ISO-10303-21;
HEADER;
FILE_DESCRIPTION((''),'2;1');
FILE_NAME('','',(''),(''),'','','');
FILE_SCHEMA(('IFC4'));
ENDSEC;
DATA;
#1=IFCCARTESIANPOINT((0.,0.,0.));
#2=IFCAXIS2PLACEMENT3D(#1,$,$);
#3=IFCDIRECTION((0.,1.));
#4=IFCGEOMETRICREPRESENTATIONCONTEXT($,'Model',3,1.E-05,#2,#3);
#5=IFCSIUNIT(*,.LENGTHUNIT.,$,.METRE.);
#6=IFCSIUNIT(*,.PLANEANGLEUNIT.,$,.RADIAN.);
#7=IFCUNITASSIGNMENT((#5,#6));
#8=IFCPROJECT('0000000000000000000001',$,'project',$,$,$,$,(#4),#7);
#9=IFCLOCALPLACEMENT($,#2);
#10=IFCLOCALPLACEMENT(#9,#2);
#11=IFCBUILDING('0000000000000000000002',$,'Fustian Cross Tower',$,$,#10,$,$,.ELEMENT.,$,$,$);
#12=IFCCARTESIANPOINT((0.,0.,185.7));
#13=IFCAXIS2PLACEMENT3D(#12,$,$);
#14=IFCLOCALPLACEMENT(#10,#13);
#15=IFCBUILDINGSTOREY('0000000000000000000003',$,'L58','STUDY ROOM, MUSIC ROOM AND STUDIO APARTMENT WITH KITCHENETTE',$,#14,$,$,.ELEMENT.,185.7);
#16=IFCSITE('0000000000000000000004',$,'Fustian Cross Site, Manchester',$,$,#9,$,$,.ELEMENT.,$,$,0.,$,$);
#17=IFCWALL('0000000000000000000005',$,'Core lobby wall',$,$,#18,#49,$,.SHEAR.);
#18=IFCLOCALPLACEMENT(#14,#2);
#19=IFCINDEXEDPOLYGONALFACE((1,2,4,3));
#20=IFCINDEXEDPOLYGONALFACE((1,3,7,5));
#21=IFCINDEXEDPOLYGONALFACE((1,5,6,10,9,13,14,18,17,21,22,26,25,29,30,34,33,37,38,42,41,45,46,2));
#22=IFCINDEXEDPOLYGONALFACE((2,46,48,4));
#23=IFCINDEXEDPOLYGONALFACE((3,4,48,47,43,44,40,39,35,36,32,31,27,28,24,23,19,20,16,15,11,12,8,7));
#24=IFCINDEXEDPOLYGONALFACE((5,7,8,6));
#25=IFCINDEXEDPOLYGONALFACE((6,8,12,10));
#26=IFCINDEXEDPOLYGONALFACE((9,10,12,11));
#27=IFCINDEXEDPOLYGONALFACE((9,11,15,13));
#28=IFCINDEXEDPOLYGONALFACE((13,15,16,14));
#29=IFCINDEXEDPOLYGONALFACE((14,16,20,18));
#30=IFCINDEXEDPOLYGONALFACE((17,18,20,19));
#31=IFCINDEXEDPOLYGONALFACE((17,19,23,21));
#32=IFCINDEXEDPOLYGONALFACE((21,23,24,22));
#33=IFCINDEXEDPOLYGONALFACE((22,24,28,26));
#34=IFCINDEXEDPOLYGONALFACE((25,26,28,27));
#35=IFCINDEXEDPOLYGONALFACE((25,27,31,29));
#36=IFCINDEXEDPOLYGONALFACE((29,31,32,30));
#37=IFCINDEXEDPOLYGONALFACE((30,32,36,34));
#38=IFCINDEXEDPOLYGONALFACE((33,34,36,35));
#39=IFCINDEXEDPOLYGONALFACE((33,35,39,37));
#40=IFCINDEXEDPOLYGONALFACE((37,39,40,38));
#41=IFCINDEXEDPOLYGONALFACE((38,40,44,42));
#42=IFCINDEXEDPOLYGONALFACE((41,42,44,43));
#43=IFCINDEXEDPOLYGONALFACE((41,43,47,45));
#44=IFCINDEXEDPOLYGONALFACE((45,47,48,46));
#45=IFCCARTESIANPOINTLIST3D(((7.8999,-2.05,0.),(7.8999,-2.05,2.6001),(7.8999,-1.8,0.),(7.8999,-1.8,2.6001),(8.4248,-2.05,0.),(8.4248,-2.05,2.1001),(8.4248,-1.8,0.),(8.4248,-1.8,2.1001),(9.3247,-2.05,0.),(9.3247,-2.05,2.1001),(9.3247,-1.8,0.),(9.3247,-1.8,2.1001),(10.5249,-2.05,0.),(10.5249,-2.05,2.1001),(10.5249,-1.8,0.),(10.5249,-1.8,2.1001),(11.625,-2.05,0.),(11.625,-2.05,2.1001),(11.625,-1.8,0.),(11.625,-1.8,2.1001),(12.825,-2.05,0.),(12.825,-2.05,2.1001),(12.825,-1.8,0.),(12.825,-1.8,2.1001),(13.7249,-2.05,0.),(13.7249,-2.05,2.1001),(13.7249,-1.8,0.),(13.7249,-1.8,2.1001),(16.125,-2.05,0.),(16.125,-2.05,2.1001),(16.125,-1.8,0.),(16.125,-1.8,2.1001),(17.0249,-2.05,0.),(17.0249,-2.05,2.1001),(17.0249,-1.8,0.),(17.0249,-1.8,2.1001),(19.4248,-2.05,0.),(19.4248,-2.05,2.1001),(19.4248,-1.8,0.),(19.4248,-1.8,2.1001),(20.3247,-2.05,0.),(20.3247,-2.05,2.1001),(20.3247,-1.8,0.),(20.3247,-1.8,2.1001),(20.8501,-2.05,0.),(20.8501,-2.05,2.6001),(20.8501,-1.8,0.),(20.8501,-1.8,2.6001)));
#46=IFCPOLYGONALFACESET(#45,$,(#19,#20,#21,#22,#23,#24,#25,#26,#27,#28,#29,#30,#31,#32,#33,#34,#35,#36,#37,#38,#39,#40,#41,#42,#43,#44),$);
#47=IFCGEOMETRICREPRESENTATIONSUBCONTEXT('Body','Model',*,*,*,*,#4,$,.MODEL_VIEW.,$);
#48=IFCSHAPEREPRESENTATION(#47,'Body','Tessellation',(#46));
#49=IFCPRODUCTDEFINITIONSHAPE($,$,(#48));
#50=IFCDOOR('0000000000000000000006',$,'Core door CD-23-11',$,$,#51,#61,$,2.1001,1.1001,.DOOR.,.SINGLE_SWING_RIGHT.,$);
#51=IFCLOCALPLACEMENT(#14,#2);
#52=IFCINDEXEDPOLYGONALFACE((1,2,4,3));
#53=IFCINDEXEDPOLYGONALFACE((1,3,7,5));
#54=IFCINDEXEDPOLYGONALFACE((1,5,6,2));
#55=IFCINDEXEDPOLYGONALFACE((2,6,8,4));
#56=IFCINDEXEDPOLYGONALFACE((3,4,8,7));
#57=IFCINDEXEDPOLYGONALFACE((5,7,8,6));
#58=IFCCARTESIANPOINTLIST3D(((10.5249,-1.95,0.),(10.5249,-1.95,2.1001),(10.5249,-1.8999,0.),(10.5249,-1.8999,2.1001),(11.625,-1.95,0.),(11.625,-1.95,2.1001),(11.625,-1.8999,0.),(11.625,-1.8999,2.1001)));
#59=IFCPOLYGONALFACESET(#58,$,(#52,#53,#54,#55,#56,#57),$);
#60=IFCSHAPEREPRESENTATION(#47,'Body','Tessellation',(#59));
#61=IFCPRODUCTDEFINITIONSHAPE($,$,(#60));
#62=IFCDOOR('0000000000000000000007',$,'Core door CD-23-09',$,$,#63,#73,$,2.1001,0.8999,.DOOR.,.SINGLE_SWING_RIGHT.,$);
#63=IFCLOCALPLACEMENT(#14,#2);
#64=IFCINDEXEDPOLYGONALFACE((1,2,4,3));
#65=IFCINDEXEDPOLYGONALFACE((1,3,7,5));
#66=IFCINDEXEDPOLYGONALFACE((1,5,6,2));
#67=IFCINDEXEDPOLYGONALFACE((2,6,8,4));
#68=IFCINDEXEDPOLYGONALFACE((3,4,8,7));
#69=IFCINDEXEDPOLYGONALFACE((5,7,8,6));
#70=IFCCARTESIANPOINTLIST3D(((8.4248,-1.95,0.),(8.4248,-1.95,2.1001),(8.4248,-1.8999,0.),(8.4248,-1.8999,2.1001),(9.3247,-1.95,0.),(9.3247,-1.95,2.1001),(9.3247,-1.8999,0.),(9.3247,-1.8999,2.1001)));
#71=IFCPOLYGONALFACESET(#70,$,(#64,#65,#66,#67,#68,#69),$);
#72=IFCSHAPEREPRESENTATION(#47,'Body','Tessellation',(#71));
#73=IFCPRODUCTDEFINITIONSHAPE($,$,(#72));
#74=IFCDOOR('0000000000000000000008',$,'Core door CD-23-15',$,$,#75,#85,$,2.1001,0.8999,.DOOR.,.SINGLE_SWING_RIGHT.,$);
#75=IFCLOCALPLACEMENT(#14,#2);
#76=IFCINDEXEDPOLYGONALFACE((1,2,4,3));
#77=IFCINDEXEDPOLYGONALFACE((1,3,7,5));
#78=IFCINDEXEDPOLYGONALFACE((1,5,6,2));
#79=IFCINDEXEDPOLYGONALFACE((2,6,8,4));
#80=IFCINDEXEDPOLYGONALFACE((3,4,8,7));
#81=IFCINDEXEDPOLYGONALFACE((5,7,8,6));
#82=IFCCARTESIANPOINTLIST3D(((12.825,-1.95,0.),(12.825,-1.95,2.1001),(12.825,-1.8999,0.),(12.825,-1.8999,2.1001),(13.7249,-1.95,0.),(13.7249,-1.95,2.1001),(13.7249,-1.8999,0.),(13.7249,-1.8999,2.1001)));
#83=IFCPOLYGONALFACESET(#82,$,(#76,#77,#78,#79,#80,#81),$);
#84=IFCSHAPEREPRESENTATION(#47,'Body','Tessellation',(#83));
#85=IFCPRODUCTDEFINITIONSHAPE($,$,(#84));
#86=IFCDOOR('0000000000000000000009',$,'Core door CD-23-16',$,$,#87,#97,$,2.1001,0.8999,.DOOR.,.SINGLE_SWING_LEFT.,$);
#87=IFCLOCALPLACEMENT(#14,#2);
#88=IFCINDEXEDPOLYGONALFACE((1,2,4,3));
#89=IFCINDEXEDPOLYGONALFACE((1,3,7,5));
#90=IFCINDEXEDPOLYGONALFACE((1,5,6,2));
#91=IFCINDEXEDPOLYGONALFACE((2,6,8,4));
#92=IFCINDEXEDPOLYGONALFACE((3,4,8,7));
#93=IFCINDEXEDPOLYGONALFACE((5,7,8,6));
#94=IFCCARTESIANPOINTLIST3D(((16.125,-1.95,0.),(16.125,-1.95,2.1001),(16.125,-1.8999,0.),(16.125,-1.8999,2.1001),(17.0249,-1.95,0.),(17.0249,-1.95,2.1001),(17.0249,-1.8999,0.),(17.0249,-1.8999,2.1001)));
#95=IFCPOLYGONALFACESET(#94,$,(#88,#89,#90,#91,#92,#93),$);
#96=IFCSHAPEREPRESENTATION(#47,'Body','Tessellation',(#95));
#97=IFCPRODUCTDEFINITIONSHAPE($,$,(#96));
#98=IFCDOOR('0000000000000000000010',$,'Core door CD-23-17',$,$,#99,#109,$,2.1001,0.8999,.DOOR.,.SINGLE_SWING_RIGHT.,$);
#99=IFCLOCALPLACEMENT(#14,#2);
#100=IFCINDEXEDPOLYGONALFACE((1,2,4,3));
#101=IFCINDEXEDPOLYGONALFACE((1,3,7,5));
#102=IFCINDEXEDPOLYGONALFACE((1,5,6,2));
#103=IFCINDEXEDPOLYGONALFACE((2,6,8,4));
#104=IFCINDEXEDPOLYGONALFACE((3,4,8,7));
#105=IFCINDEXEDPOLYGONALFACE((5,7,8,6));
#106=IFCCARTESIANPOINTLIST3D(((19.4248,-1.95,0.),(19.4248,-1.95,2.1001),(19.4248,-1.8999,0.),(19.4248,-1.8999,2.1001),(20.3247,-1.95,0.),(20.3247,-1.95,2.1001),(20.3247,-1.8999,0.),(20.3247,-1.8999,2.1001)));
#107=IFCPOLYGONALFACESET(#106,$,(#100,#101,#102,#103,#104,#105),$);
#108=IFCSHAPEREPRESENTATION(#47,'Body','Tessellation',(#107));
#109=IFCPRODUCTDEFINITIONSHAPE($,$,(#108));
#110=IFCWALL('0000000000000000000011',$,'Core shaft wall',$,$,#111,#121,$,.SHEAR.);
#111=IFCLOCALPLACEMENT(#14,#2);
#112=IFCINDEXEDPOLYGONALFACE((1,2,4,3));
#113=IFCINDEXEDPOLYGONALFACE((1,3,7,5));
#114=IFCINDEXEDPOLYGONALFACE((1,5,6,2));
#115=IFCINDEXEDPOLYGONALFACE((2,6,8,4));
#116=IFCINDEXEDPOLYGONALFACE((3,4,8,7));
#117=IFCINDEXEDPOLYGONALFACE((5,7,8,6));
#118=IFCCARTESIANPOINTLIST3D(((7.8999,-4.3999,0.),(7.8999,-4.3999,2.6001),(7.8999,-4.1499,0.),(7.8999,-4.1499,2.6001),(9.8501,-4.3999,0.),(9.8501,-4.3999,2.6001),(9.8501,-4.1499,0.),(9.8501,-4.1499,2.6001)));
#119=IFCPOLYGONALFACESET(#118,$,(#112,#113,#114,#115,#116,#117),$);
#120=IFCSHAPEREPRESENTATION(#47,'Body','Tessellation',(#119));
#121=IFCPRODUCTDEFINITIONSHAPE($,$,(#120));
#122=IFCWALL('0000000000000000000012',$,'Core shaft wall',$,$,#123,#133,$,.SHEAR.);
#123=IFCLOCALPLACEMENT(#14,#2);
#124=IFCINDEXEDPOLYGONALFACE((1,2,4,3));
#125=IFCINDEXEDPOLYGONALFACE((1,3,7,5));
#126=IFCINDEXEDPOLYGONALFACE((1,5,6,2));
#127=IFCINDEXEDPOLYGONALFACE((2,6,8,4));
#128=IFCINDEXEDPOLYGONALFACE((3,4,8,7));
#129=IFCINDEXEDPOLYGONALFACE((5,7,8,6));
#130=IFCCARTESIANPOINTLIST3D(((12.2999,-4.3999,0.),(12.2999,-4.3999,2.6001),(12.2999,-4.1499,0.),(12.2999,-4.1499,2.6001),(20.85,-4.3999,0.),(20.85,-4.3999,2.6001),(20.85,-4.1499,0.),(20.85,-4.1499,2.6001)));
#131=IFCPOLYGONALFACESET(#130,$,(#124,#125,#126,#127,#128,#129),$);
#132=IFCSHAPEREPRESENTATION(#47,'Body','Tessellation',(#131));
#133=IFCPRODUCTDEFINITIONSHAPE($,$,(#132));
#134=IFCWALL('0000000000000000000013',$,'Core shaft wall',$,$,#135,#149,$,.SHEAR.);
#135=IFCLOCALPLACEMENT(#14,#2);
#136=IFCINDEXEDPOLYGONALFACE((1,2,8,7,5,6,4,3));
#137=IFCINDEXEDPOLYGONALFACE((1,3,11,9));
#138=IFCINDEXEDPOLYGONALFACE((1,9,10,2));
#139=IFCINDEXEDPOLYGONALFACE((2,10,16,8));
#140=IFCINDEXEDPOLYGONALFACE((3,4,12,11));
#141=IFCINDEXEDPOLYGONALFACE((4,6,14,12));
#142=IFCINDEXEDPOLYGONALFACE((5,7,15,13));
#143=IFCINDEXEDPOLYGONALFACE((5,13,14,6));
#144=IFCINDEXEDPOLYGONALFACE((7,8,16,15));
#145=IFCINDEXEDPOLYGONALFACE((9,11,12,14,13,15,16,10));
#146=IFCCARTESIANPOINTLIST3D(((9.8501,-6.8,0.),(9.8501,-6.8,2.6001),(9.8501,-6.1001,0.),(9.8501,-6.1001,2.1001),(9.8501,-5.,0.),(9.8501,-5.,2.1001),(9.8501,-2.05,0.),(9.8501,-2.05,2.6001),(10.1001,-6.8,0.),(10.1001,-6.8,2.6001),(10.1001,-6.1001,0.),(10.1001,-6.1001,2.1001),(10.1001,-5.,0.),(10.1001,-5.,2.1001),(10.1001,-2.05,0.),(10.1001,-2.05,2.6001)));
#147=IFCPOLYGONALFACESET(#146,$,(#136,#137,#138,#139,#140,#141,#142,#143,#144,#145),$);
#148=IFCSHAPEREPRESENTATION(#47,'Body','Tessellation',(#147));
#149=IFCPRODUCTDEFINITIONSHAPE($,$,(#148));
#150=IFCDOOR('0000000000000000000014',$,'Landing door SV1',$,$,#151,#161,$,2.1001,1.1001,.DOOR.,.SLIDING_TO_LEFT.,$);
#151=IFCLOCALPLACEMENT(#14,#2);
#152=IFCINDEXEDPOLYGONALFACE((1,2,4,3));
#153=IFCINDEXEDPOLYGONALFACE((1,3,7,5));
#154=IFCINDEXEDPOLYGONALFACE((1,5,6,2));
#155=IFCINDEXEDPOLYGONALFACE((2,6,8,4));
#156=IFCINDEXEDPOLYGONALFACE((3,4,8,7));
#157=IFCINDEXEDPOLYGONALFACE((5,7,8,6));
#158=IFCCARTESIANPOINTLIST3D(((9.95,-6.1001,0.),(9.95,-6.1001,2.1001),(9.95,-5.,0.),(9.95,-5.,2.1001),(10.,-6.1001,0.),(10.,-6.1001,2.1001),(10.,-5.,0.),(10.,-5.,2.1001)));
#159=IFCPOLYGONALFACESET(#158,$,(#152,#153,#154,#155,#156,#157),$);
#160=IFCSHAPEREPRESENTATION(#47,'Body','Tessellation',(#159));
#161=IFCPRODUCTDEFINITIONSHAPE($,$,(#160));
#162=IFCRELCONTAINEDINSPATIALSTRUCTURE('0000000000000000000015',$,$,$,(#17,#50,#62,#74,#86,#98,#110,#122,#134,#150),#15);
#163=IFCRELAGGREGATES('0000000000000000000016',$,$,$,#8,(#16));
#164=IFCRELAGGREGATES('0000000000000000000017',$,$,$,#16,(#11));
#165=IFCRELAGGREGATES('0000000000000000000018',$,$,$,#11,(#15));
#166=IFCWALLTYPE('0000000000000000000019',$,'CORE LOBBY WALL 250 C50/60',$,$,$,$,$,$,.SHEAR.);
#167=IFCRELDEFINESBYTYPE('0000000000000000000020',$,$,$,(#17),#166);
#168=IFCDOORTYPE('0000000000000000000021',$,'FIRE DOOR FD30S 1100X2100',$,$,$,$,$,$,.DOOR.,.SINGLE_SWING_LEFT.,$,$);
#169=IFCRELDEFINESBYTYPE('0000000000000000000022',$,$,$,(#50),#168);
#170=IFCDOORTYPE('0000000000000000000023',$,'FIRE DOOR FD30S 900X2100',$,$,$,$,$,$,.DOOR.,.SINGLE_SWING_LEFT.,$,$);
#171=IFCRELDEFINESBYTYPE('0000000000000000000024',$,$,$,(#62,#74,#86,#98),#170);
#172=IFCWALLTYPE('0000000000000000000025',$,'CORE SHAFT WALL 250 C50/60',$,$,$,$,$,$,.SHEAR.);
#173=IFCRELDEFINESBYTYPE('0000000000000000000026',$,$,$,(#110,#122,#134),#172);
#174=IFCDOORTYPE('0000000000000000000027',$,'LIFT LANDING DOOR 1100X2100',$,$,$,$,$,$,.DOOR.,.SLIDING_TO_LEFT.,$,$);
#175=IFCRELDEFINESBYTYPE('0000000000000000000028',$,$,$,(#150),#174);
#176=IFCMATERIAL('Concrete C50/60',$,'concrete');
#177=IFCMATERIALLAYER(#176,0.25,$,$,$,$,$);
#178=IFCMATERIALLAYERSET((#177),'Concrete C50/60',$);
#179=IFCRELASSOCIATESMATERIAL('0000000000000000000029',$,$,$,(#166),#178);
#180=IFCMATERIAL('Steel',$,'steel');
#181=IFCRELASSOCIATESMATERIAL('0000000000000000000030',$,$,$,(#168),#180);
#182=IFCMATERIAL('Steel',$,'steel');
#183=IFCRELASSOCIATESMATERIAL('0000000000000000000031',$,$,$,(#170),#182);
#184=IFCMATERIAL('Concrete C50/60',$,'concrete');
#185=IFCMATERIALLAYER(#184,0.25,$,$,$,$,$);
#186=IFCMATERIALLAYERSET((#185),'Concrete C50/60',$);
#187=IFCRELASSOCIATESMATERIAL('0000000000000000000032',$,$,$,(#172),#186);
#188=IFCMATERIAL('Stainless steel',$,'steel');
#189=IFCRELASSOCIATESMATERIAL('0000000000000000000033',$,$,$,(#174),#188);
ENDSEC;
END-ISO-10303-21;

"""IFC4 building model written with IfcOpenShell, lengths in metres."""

from ifc_helpers import new_model, si_unit, direction, frame, frame_2d, origin, place, context, subcontext, project, spatial, rectangle, extrude, material, layer, layer_set, type_object, element, fill, save


model = new_model("IFC4")

# Units and contexts
model_context = context("Model", 3, precision=1e-05, world=origin(), true_north=direction((0.0, 1.0)))
body_context = subcontext(model_context, "Body", "Model", "MODEL_VIEW")
ifc_project = project(units=[si_unit("LENGTHUNIT", "METRE"), si_unit("PLANEANGLEUNIT", "RADIAN")], contexts=[model_context])

# Site, building, storey
site_placement = place(None, origin())
site = spatial("IfcSite", under=ifc_project, at=site_placement, Name="Fustian Cross Site, Manchester", CompositionType="ELEMENT", RefElevation=0.0)
building_placement = place(site_placement, origin())
building = spatial("IfcBuilding", under=site, at=building_placement, Name="Fustian Cross Tower", CompositionType="ELEMENT")
storey_placement = place(building_placement, frame((0.0, 0.0, 185.7)))
storey = spatial("IfcBuildingStorey", under=building, at=storey_placement, Name="L58", Description="STUDY ROOM, MUSIC ROOM AND STUDIO APARTMENT WITH KITCHENETTE", CompositionType="ELEMENT", Elevation=185.7)

# Wall, openings, doors
ifc_material_1 = material(Name="Concrete C50/60", Category="concrete")
ifc_layer_1 = layer(ifc_material_1, 0.25)
ifc_layer_set_1 = layer_set([ifc_layer_1], Name="Concrete C50/60")
wall_type_1 = type_object("IfcWallType", Name="CORE LOBBY WALL 250 C50/60", PredefinedType="SHEAR", material=ifc_layer_set_1)
wall_1_placement = place(storey_placement, frame((7.8999, -1.925, 0.0), z_axis=(0.0, 0.0, 1.0), x_axis=(1.0, 0.0, 0.0)))
wall_1 = element("IfcWall", 1, at=wall_1_placement, inside=storey, type_object=wall_type_1, Name="Core lobby wall", PredefinedType="SHEAR", context=body_context, shape_type="SweptSolid", body=[
    extrude(rectangle(XDim=12.9502, YDim=0.25, at=frame_2d((6.4751, 0.0))), origin(), (0.0, 0.0, 1.0), 2.6001),
])
opening_1_placement = place(wall_1_placement, frame((0.5249, 0.0, 0.0)))
opening_1 = element("IfcOpeningElement", 2, at=opening_1_placement, cuts=wall_1, PredefinedType="OPENING", context=body_context, shape_type="SweptSolid", body=[
    extrude(rectangle(XDim=0.8999, YDim=2.1001, at=frame_2d((0.45, 1.05))), frame((0.0, 0.135, 0.0), z_axis=(0.0, -1.0, 0.0), x_axis=(1.0, 0.0, 0.0)), (0.0, 0.0, 1.0), 0.27),
])
opening_2_placement = place(wall_1_placement, frame((2.625, 0.0, 0.0)))
opening_2 = element("IfcOpeningElement", 3, at=opening_2_placement, cuts=wall_1, PredefinedType="OPENING", context=body_context, shape_type="SweptSolid", body=[
    extrude(rectangle(XDim=1.1001, YDim=2.1001, at=frame_2d((0.55, 1.05))), frame((0.0, 0.135, 0.0), z_axis=(0.0, -1.0, 0.0), x_axis=(1.0, 0.0, 0.0)), (0.0, 0.0, 1.0), 0.27),
])
opening_3_placement = place(wall_1_placement, frame((4.925, 0.0, 0.0)))
opening_3 = element("IfcOpeningElement", 4, at=opening_3_placement, cuts=wall_1, PredefinedType="OPENING", context=body_context, shape_type="SweptSolid", body=[
    extrude(rectangle(XDim=0.8999, YDim=2.1001, at=frame_2d((0.45, 1.05))), frame((0.0, 0.135, 0.0), z_axis=(0.0, -1.0, 0.0), x_axis=(1.0, 0.0, 0.0)), (0.0, 0.0, 1.0), 0.27),
])
opening_4_placement = place(wall_1_placement, frame((8.2251, 0.0, 0.0)))
opening_4 = element("IfcOpeningElement", 5, at=opening_4_placement, cuts=wall_1, PredefinedType="OPENING", context=body_context, shape_type="SweptSolid", body=[
    extrude(rectangle(XDim=0.8999, YDim=2.1001, at=frame_2d((0.45, 1.05))), frame((0.0, 0.135, 0.0), z_axis=(0.0, -1.0, 0.0), x_axis=(1.0, 0.0, 0.0)), (0.0, 0.0, 1.0), 0.27),
])
opening_5_placement = place(wall_1_placement, frame((11.5249, 0.0, 0.0)))
opening_5 = element("IfcOpeningElement", 6, at=opening_5_placement, cuts=wall_1, PredefinedType="OPENING", context=body_context, shape_type="SweptSolid", body=[
    extrude(rectangle(XDim=0.8999, YDim=2.1001, at=frame_2d((0.45, 1.05))), frame((0.0, 0.135, 0.0), z_axis=(0.0, -1.0, 0.0), x_axis=(1.0, 0.0, 0.0)), (0.0, 0.0, 1.0), 0.27),
])
ifc_material_2 = material(Name="Steel", Category="steel")
door_type_1 = type_object("IfcDoorType", Name="FIRE DOOR FD30S 1100X2100", OperationType="SINGLE_SWING_LEFT", PredefinedType="DOOR", material=ifc_material_2)
door_1_placement = place(opening_2_placement, frame((1.1001, 0.0, 0.0), z_axis=(0.0, 0.0, 1.0), x_axis=(-1.0, 0.0, 0.0)))
door_1 = element("IfcDoor", 7, at=door_1_placement, inside=storey, type_object=door_type_1, Name="Core door CD-23-11", OperationType="SINGLE_SWING_RIGHT", OverallHeight=2.1001, OverallWidth=1.1001, PredefinedType="DOOR", context=body_context, shape_type="SweptSolid", body=[
    extrude(rectangle(XDim=1.1001, YDim=2.1001, at=frame_2d((0.55, 1.05))), frame((0.0, 0.0249, 0.0), z_axis=(0.0, -1.0, 0.0), x_axis=(1.0, 0.0, 0.0)), (0.0, 0.0, 1.0), 0.05),
])
fill(opening_2, door_1)
ifc_material_3 = material(Name="Steel", Category="steel")
door_type_2 = type_object("IfcDoorType", Name="FIRE DOOR FD30S 900X2100", OperationType="SINGLE_SWING_LEFT", PredefinedType="DOOR", material=ifc_material_3)
door_2_placement = place(opening_1_placement, frame((0.8999, 0.0, 0.0), z_axis=(0.0, 0.0, 1.0), x_axis=(-1.0, 0.0, 0.0)))
door_2 = element("IfcDoor", 8, at=door_2_placement, inside=storey, type_object=door_type_2, Name="Core door CD-23-09", OperationType="SINGLE_SWING_RIGHT", OverallHeight=2.1001, OverallWidth=0.8999, PredefinedType="DOOR", context=body_context, shape_type="SweptSolid", body=[
    extrude(rectangle(XDim=0.8999, YDim=2.1001, at=frame_2d((0.45, 1.05))), frame((0.0, 0.0249, 0.0), z_axis=(0.0, -1.0, 0.0), x_axis=(1.0, 0.0, 0.0)), (0.0, 0.0, 1.0), 0.05),
])
fill(opening_1, door_2)
door_3_placement = place(opening_3_placement, frame((0.8999, 0.0, 0.0), z_axis=(0.0, 0.0, 1.0), x_axis=(-1.0, 0.0, 0.0)))
door_3 = element("IfcDoor", 9, at=door_3_placement, inside=storey, type_object=door_type_2, Name="Core door CD-23-15", OperationType="SINGLE_SWING_RIGHT", OverallHeight=2.1001, OverallWidth=0.8999, PredefinedType="DOOR", context=body_context, shape_type="SweptSolid", body=[
    extrude(rectangle(XDim=0.8999, YDim=2.1001, at=frame_2d((0.45, 1.05))), frame((0.0, 0.0249, 0.0), z_axis=(0.0, -1.0, 0.0), x_axis=(1.0, 0.0, 0.0)), (0.0, 0.0, 1.0), 0.05),
])
fill(opening_3, door_3)
door_4_placement = place(opening_4_placement, frame((0.8999, 0.0, 0.0), z_axis=(0.0, 0.0, 1.0), x_axis=(-1.0, 0.0, 0.0)))
door_4 = element("IfcDoor", 10, at=door_4_placement, inside=storey, type_object=door_type_2, Name="Core door CD-23-16", OperationType="SINGLE_SWING_LEFT", OverallHeight=2.1001, OverallWidth=0.8999, PredefinedType="DOOR", context=body_context, shape_type="SweptSolid", body=[
    extrude(rectangle(XDim=0.8999, YDim=2.1001, at=frame_2d((0.45, 1.05))), frame((0.0, 0.0249, 0.0), z_axis=(0.0, -1.0, 0.0), x_axis=(1.0, 0.0, 0.0)), (0.0, 0.0, 1.0), 0.05),
])
fill(opening_4, door_4)
door_5_placement = place(opening_5_placement, frame((0.8999, 0.0, 0.0), z_axis=(0.0, 0.0, 1.0), x_axis=(-1.0, 0.0, 0.0)))
door_5 = element("IfcDoor", 11, at=door_5_placement, inside=storey, type_object=door_type_2, Name="Core door CD-23-17", OperationType="SINGLE_SWING_RIGHT", OverallHeight=2.1001, OverallWidth=0.8999, PredefinedType="DOOR", context=body_context, shape_type="SweptSolid", body=[
    extrude(rectangle(XDim=0.8999, YDim=2.1001, at=frame_2d((0.45, 1.05))), frame((0.0, 0.0249, 0.0), z_axis=(0.0, -1.0, 0.0), x_axis=(1.0, 0.0, 0.0)), (0.0, 0.0, 1.0), 0.05),
])
fill(opening_5, door_5)

# Walls
ifc_material_4 = material(Name="Concrete C50/60", Category="concrete")
ifc_layer_2 = layer(ifc_material_4, 0.25)
ifc_layer_set_2 = layer_set([ifc_layer_2], Name="Concrete C50/60")
wall_type_2 = type_object("IfcWallType", Name="CORE SHAFT WALL 250 C50/60", PredefinedType="SHEAR", material=ifc_layer_set_2)
wall_2_placement = place(storey_placement, frame((7.8999, -4.2749, 0.0), z_axis=(0.0, 0.0, 1.0), x_axis=(1.0, 0.0, 0.0)))
element("IfcWall", 12, at=wall_2_placement, inside=storey, type_object=wall_type_2, Name="Core shaft wall", PredefinedType="SHEAR", context=body_context, shape_type="SweptSolid", body=[
    extrude(rectangle(XDim=1.9502, YDim=0.25, at=frame_2d((0.9751, 0.0))), origin(), (0.0, 0.0, 1.0), 2.6001),
])
wall_3_placement = place(storey_placement, frame((12.3, -4.2749, 0.0), z_axis=(0.0, 0.0, 1.0), x_axis=(1.0, 0.0, 0.0)))
element("IfcWall", 13, at=wall_3_placement, inside=storey, type_object=wall_type_2, Name="Core shaft wall", PredefinedType="SHEAR", context=body_context, shape_type="SweptSolid", body=[
    extrude(rectangle(XDim=8.55, YDim=0.25, at=frame_2d((4.2749, 0.0))), origin(), (0.0, 0.0, 1.0), 2.6001),
])

# Wall, opening, door
wall_4_placement = place(storey_placement, frame((9.9751, -2.05, 0.0), z_axis=(0.0, 0.0, 1.0), x_axis=(0.0, -1.0, 0.0)))
wall_4 = element("IfcWall", 14, at=wall_4_placement, inside=storey, type_object=wall_type_2, Name="Core shaft wall", PredefinedType="SHEAR", context=body_context, shape_type="SweptSolid", body=[
    extrude(rectangle(XDim=4.75, YDim=0.25, at=frame_2d((2.375, 0.0))), origin(), (0.0, 0.0, 1.0), 2.6001),
])
opening_6_placement = place(wall_4_placement, frame((2.95, 0.0, 0.0)))
opening_6 = element("IfcOpeningElement", 15, at=opening_6_placement, cuts=wall_4, PredefinedType="OPENING", context=body_context, shape_type="SweptSolid", body=[
    extrude(rectangle(XDim=1.1001, YDim=2.1001, at=frame_2d((0.55, 1.05))), frame((0.0, 0.135, 0.0), z_axis=(0.0, -1.0, 0.0), x_axis=(1.0, 0.0, 0.0)), (0.0, 0.0, 1.0), 0.27),
])
ifc_material_5 = material(Name="Stainless steel", Category="steel")
door_type_3 = type_object("IfcDoorType", Name="LIFT LANDING DOOR 1100X2100", OperationType="SLIDING_TO_LEFT", PredefinedType="DOOR", material=ifc_material_5)
door_6_placement = place(opening_6_placement, origin())
door_6 = element("IfcDoor", 16, at=door_6_placement, inside=storey, type_object=door_type_3, Name="Landing door SV1", OperationType="SLIDING_TO_LEFT", OverallHeight=2.1001, OverallWidth=1.1001, PredefinedType="DOOR", context=body_context, shape_type="SweptSolid", body=[
    extrude(rectangle(XDim=1.1001, YDim=2.1001, at=frame_2d((0.55, 1.05))), frame((0.0, 0.0249, 0.0), z_axis=(0.0, -1.0, 0.0), x_axis=(1.0, 0.0, 0.0)), (0.0, 0.0, 1.0), 0.05),
])
fill(opening_6, door_6)

save(model, "model.ifc")
